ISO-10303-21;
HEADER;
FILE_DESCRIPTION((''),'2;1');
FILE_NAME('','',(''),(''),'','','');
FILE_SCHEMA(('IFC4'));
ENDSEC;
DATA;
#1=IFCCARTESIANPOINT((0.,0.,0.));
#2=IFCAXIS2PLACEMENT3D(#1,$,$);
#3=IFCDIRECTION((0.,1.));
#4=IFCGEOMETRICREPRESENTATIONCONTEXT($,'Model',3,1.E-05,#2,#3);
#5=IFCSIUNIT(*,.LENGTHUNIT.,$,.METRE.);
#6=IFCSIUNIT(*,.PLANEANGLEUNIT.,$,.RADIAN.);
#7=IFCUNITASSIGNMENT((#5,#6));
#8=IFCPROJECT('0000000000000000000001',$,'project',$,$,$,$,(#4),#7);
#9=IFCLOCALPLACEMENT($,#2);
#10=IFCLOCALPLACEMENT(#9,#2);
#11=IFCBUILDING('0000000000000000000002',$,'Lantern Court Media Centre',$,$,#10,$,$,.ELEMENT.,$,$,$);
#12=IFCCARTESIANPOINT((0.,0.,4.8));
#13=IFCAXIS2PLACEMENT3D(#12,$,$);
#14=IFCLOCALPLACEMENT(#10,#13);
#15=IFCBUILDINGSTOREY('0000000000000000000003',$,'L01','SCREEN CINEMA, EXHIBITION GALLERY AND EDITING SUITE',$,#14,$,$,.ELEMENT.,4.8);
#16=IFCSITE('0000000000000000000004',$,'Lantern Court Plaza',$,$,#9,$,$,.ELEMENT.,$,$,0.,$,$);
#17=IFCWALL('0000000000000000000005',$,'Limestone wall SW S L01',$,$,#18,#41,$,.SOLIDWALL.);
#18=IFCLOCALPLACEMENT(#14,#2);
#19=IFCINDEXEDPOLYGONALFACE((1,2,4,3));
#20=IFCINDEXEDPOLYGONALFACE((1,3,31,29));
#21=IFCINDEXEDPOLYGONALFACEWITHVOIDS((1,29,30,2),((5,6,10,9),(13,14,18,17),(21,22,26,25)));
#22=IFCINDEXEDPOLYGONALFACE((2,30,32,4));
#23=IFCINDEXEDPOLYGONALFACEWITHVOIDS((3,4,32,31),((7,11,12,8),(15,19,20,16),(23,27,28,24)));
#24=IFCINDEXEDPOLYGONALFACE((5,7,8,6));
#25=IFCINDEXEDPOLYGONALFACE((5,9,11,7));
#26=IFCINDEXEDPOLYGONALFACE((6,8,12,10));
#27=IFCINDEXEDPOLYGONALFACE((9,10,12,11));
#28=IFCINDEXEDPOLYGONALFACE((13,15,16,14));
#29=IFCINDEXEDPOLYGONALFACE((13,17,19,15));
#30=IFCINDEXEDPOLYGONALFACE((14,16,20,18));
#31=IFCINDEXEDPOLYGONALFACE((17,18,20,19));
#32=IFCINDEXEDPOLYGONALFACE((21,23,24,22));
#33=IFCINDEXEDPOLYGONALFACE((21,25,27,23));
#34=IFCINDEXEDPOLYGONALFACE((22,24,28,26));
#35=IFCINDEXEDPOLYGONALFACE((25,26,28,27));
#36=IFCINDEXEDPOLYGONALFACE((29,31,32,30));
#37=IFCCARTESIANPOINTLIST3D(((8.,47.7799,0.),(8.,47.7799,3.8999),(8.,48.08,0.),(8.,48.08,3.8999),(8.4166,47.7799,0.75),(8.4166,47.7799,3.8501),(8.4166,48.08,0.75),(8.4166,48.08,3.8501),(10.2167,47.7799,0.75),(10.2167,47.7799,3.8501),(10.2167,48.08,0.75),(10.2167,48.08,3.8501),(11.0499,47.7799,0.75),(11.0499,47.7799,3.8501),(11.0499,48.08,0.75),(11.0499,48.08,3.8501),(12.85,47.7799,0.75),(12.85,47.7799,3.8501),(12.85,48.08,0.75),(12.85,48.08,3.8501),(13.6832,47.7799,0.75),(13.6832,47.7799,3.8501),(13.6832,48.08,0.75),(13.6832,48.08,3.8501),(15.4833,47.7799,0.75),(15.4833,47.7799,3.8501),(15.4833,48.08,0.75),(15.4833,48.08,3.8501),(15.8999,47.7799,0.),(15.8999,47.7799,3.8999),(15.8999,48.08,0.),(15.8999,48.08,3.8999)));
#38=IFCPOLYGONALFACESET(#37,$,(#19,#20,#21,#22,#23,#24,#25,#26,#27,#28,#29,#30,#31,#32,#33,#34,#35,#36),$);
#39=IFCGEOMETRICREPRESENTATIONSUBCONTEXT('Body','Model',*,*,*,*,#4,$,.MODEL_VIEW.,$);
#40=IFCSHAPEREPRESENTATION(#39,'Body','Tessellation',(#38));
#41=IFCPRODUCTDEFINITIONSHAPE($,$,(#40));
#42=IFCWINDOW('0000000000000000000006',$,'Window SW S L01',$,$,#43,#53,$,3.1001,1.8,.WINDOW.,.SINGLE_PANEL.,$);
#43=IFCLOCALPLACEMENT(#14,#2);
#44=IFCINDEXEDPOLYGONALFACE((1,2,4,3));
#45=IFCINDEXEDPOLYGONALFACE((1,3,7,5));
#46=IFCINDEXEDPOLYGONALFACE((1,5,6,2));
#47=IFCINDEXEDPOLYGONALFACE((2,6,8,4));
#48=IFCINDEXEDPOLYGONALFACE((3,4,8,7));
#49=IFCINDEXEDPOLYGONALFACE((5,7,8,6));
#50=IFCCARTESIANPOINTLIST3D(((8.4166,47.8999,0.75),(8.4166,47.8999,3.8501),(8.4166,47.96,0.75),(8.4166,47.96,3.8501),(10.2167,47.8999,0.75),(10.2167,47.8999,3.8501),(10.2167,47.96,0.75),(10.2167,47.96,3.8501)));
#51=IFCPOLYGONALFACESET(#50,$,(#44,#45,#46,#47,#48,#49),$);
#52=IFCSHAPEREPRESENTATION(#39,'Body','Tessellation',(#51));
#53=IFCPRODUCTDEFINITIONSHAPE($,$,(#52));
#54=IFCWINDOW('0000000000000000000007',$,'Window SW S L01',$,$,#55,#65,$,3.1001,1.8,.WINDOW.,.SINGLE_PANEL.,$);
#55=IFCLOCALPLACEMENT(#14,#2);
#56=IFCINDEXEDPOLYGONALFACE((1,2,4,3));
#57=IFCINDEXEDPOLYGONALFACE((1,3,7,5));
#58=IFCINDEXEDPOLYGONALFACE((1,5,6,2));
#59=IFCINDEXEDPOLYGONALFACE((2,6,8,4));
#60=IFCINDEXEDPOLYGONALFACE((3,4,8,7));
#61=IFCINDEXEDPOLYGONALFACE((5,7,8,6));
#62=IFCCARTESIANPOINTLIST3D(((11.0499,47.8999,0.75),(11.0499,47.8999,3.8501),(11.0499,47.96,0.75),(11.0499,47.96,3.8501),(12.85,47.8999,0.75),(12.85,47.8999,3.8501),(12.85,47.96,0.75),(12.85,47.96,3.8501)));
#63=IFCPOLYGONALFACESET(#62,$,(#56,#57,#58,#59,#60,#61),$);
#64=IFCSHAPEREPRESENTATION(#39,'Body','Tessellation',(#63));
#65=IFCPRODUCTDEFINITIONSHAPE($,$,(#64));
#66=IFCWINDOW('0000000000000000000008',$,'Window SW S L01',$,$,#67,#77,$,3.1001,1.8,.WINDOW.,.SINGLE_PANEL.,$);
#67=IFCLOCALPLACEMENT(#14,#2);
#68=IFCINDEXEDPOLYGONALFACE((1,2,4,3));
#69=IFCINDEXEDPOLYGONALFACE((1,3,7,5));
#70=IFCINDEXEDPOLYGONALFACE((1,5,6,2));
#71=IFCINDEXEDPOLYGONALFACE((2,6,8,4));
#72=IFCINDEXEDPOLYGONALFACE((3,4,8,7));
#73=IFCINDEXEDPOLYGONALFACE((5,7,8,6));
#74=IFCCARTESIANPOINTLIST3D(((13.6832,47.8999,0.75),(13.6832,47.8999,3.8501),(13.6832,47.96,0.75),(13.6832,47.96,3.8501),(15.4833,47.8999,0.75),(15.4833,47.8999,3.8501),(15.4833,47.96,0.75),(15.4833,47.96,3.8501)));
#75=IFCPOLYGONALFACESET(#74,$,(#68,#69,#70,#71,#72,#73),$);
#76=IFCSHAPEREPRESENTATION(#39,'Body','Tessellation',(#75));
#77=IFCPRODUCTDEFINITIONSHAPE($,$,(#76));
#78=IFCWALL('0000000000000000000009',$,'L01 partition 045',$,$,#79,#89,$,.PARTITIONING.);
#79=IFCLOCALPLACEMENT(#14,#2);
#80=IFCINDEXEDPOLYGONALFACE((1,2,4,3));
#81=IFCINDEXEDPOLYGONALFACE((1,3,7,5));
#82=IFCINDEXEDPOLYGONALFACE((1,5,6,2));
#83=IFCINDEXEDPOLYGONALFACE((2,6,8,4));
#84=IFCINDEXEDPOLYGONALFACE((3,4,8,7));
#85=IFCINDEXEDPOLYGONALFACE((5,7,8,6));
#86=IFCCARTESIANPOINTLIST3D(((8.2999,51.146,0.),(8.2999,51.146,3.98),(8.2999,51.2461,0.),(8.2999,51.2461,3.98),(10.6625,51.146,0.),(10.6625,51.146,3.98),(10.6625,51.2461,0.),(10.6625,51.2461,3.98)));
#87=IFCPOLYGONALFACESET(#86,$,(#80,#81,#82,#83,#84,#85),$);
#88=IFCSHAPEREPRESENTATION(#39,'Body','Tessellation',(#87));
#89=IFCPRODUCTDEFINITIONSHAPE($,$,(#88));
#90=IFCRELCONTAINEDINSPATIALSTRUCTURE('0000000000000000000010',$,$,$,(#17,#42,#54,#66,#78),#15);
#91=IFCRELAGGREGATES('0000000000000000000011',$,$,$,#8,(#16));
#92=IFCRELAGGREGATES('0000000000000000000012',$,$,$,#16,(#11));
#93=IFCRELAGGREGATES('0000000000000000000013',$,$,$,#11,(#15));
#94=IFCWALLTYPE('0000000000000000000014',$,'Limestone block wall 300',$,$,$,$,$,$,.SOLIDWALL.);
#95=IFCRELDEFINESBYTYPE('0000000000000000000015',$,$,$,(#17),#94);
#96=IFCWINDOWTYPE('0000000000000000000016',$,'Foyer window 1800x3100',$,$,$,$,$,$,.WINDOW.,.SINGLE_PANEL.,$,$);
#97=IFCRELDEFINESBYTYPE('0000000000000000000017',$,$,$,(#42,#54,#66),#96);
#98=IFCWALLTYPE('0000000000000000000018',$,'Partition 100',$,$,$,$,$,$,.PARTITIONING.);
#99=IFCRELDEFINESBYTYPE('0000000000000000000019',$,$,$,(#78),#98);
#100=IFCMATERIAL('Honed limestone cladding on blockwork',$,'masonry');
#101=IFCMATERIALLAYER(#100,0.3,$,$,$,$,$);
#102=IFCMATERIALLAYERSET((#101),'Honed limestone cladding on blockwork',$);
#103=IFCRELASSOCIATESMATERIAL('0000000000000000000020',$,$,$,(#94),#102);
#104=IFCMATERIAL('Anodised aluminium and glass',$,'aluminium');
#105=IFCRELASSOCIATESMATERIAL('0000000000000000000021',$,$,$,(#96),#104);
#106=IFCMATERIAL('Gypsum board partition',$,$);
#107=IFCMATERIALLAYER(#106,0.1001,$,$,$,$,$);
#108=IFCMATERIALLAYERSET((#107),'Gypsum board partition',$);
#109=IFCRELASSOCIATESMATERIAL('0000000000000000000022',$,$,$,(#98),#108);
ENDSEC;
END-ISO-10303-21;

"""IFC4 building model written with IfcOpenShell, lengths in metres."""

from ifc_helpers import new_model, si_unit, direction, frame, frame_2d, origin, place, context, subcontext, project, spatial, rectangle, extrude, material, layer, layer_set, type_object, element, fill, save


model = new_model("IFC4")

# Units and contexts
model_context = context("Model", 3, precision=1e-05, world=origin(), true_north=direction((0.0, 1.0)))
body_context = subcontext(model_context, "Body", "Model", "MODEL_VIEW")
ifc_project = project(units=[si_unit("LENGTHUNIT", "METRE"), si_unit("PLANEANGLEUNIT", "RADIAN")], contexts=[model_context])

# Site, building, storey
site_placement = place(None, origin())
site = spatial("IfcSite", under=ifc_project, at=site_placement, Name="Lantern Court Plaza", CompositionType="ELEMENT", RefElevation=0.0)
building_placement = place(site_placement, origin())
building = spatial("IfcBuilding", under=site, at=building_placement, Name="Lantern Court Media Centre", CompositionType="ELEMENT")
storey_placement = place(building_placement, frame((0.0, 0.0, 4.8)))
storey = spatial("IfcBuildingStorey", under=building, at=storey_placement, Name="L01", Description="SCREEN CINEMA, EXHIBITION GALLERY AND EDITING SUITE", CompositionType="ELEMENT", Elevation=4.8)

# Wall, openings, windows
ifc_material_1 = material(Name="Honed limestone cladding on blockwork", Category="masonry")
ifc_layer_1 = layer(ifc_material_1, 0.3)
ifc_layer_set_1 = layer_set([ifc_layer_1], Name="Honed limestone cladding on blockwork")
wall_type_1 = type_object("IfcWallType", Name="Limestone block wall 300", PredefinedType="SOLIDWALL", material=ifc_layer_set_1)
ifc_material_2 = material(Name="Anodised aluminium and glass", Category="aluminium")
window_type = type_object("IfcWindowType", Name="Foyer window 1800x3100", PartitioningType="SINGLE_PANEL", PredefinedType="WINDOW", material=ifc_material_2)
wall_1_placement = place(storey_placement, frame((8.0, 47.9299, 0.0), z_axis=(0.0, 0.0, 1.0), x_axis=(1.0, 0.0, 0.0)))
wall_1 = element("IfcWall", 1, at=wall_1_placement, inside=storey, type_object=wall_type_1, Name="Limestone wall SW S L01", PredefinedType="SOLIDWALL", context=body_context, shape_type="SweptSolid", body=[
    extrude(rectangle(XDim=7.8999, YDim=0.3, at=frame_2d((3.95, 0.0))), origin(), (0.0, 0.0, 1.0), 3.8999),
])
opening_1_placement = place(wall_1_placement, frame((0.4167, 0.0, 0.75)))
opening_1 = element("IfcOpeningElement", 2, at=opening_1_placement, cuts=wall_1, PredefinedType="OPENING", context=body_context, shape_type="SweptSolid", body=[
    extrude(rectangle(XDim=1.8, YDim=3.1001, at=frame_2d((0.8999, 1.55))), frame((0.0, 0.1599, 0.0), z_axis=(0.0, -1.0, 0.0), x_axis=(1.0, 0.0, 0.0)), (0.0, 0.0, 1.0), 0.3201),
])
opening_2_placement = place(wall_1_placement, frame((3.05, 0.0, 0.75)))
opening_2 = element("IfcOpeningElement", 3, at=opening_2_placement, cuts=wall_1, PredefinedType="OPENING", context=body_context, shape_type="SweptSolid", body=[
    extrude(rectangle(XDim=1.8, YDim=3.1001, at=frame_2d((0.8999, 1.55))), frame((0.0, 0.1599, 0.0), z_axis=(0.0, -1.0, 0.0), x_axis=(1.0, 0.0, 0.0)), (0.0, 0.0, 1.0), 0.3201),
])
opening_3_placement = place(wall_1_placement, frame((5.6833, 0.0, 0.75)))
opening_3 = element("IfcOpeningElement", 4, at=opening_3_placement, cuts=wall_1, PredefinedType="OPENING", context=body_context, shape_type="SweptSolid", body=[
    extrude(rectangle(XDim=1.8, YDim=3.1001, at=frame_2d((0.8999, 1.55))), frame((0.0, 0.1599, 0.0), z_axis=(0.0, -1.0, 0.0), x_axis=(1.0, 0.0, 0.0)), (0.0, 0.0, 1.0), 0.3201),
])
window_1_placement = place(opening_1_placement, origin())
window_1 = element("IfcWindow", 5, at=window_1_placement, inside=storey, type_object=window_type, Name="Window SW S L01", OverallHeight=3.1001, OverallWidth=1.8, PartitioningType="SINGLE_PANEL", PredefinedType="WINDOW", context=body_context, shape_type="SweptSolid", body=[
    extrude(rectangle(XDim=1.8, YDim=3.1001, at=frame_2d((0.8999, 1.55))), frame((0.0, 0.03, 0.0), z_axis=(0.0, -1.0, 0.0), x_axis=(1.0, 0.0, 0.0)), (0.0, 0.0, 1.0), 0.0601),
])
fill(opening_1, window_1)
window_2_placement = place(opening_2_placement, origin())
window_2 = element("IfcWindow", 6, at=window_2_placement, inside=storey, type_object=window_type, Name="Window SW S L01", OverallHeight=3.1001, OverallWidth=1.8, PartitioningType="SINGLE_PANEL", PredefinedType="WINDOW", context=body_context, shape_type="SweptSolid", body=[
    extrude(rectangle(XDim=1.8, YDim=3.1001, at=frame_2d((0.8999, 1.55))), frame((0.0, 0.03, 0.0), z_axis=(0.0, -1.0, 0.0), x_axis=(1.0, 0.0, 0.0)), (0.0, 0.0, 1.0), 0.0601),
])
fill(opening_2, window_2)
window_3_placement = place(opening_3_placement, origin())
window_3 = element("IfcWindow", 7, at=window_3_placement, inside=storey, type_object=window_type, Name="Window SW S L01", OverallHeight=3.1001, OverallWidth=1.8, PartitioningType="SINGLE_PANEL", PredefinedType="WINDOW", context=body_context, shape_type="SweptSolid", body=[
    extrude(rectangle(XDim=1.8, YDim=3.1001, at=frame_2d((0.8999, 1.55))), frame((0.0, 0.03, 0.0), z_axis=(0.0, -1.0, 0.0), x_axis=(1.0, 0.0, 0.0)), (0.0, 0.0, 1.0), 0.0601),
])
fill(opening_3, window_3)

# Wall
ifc_material_3 = material(Name="Gypsum board partition")
ifc_layer_2 = layer(ifc_material_3, 0.1001)
ifc_layer_set_2 = layer_set([ifc_layer_2], Name="Gypsum board partition")
wall_type_2 = type_object("IfcWallType", Name="Partition 100", PredefinedType="PARTITIONING", material=ifc_layer_set_2)
wall_2_placement = place(storey_placement, frame((8.3, 51.196, 0.0), z_axis=(0.0, 0.0, 1.0), x_axis=(1.0, 0.0, 0.0)))
element("IfcWall", 8, at=wall_2_placement, inside=storey, type_object=wall_type_2, Name="L01 partition 045", PredefinedType="PARTITIONING", context=body_context, shape_type="SweptSolid", body=[
    extrude(rectangle(XDim=2.3625, YDim=0.1001, at=frame_2d((1.1812, 0.0))), origin(), (0.0, 0.0, 1.0), 3.98),
])

save(model, "model.ifc")
